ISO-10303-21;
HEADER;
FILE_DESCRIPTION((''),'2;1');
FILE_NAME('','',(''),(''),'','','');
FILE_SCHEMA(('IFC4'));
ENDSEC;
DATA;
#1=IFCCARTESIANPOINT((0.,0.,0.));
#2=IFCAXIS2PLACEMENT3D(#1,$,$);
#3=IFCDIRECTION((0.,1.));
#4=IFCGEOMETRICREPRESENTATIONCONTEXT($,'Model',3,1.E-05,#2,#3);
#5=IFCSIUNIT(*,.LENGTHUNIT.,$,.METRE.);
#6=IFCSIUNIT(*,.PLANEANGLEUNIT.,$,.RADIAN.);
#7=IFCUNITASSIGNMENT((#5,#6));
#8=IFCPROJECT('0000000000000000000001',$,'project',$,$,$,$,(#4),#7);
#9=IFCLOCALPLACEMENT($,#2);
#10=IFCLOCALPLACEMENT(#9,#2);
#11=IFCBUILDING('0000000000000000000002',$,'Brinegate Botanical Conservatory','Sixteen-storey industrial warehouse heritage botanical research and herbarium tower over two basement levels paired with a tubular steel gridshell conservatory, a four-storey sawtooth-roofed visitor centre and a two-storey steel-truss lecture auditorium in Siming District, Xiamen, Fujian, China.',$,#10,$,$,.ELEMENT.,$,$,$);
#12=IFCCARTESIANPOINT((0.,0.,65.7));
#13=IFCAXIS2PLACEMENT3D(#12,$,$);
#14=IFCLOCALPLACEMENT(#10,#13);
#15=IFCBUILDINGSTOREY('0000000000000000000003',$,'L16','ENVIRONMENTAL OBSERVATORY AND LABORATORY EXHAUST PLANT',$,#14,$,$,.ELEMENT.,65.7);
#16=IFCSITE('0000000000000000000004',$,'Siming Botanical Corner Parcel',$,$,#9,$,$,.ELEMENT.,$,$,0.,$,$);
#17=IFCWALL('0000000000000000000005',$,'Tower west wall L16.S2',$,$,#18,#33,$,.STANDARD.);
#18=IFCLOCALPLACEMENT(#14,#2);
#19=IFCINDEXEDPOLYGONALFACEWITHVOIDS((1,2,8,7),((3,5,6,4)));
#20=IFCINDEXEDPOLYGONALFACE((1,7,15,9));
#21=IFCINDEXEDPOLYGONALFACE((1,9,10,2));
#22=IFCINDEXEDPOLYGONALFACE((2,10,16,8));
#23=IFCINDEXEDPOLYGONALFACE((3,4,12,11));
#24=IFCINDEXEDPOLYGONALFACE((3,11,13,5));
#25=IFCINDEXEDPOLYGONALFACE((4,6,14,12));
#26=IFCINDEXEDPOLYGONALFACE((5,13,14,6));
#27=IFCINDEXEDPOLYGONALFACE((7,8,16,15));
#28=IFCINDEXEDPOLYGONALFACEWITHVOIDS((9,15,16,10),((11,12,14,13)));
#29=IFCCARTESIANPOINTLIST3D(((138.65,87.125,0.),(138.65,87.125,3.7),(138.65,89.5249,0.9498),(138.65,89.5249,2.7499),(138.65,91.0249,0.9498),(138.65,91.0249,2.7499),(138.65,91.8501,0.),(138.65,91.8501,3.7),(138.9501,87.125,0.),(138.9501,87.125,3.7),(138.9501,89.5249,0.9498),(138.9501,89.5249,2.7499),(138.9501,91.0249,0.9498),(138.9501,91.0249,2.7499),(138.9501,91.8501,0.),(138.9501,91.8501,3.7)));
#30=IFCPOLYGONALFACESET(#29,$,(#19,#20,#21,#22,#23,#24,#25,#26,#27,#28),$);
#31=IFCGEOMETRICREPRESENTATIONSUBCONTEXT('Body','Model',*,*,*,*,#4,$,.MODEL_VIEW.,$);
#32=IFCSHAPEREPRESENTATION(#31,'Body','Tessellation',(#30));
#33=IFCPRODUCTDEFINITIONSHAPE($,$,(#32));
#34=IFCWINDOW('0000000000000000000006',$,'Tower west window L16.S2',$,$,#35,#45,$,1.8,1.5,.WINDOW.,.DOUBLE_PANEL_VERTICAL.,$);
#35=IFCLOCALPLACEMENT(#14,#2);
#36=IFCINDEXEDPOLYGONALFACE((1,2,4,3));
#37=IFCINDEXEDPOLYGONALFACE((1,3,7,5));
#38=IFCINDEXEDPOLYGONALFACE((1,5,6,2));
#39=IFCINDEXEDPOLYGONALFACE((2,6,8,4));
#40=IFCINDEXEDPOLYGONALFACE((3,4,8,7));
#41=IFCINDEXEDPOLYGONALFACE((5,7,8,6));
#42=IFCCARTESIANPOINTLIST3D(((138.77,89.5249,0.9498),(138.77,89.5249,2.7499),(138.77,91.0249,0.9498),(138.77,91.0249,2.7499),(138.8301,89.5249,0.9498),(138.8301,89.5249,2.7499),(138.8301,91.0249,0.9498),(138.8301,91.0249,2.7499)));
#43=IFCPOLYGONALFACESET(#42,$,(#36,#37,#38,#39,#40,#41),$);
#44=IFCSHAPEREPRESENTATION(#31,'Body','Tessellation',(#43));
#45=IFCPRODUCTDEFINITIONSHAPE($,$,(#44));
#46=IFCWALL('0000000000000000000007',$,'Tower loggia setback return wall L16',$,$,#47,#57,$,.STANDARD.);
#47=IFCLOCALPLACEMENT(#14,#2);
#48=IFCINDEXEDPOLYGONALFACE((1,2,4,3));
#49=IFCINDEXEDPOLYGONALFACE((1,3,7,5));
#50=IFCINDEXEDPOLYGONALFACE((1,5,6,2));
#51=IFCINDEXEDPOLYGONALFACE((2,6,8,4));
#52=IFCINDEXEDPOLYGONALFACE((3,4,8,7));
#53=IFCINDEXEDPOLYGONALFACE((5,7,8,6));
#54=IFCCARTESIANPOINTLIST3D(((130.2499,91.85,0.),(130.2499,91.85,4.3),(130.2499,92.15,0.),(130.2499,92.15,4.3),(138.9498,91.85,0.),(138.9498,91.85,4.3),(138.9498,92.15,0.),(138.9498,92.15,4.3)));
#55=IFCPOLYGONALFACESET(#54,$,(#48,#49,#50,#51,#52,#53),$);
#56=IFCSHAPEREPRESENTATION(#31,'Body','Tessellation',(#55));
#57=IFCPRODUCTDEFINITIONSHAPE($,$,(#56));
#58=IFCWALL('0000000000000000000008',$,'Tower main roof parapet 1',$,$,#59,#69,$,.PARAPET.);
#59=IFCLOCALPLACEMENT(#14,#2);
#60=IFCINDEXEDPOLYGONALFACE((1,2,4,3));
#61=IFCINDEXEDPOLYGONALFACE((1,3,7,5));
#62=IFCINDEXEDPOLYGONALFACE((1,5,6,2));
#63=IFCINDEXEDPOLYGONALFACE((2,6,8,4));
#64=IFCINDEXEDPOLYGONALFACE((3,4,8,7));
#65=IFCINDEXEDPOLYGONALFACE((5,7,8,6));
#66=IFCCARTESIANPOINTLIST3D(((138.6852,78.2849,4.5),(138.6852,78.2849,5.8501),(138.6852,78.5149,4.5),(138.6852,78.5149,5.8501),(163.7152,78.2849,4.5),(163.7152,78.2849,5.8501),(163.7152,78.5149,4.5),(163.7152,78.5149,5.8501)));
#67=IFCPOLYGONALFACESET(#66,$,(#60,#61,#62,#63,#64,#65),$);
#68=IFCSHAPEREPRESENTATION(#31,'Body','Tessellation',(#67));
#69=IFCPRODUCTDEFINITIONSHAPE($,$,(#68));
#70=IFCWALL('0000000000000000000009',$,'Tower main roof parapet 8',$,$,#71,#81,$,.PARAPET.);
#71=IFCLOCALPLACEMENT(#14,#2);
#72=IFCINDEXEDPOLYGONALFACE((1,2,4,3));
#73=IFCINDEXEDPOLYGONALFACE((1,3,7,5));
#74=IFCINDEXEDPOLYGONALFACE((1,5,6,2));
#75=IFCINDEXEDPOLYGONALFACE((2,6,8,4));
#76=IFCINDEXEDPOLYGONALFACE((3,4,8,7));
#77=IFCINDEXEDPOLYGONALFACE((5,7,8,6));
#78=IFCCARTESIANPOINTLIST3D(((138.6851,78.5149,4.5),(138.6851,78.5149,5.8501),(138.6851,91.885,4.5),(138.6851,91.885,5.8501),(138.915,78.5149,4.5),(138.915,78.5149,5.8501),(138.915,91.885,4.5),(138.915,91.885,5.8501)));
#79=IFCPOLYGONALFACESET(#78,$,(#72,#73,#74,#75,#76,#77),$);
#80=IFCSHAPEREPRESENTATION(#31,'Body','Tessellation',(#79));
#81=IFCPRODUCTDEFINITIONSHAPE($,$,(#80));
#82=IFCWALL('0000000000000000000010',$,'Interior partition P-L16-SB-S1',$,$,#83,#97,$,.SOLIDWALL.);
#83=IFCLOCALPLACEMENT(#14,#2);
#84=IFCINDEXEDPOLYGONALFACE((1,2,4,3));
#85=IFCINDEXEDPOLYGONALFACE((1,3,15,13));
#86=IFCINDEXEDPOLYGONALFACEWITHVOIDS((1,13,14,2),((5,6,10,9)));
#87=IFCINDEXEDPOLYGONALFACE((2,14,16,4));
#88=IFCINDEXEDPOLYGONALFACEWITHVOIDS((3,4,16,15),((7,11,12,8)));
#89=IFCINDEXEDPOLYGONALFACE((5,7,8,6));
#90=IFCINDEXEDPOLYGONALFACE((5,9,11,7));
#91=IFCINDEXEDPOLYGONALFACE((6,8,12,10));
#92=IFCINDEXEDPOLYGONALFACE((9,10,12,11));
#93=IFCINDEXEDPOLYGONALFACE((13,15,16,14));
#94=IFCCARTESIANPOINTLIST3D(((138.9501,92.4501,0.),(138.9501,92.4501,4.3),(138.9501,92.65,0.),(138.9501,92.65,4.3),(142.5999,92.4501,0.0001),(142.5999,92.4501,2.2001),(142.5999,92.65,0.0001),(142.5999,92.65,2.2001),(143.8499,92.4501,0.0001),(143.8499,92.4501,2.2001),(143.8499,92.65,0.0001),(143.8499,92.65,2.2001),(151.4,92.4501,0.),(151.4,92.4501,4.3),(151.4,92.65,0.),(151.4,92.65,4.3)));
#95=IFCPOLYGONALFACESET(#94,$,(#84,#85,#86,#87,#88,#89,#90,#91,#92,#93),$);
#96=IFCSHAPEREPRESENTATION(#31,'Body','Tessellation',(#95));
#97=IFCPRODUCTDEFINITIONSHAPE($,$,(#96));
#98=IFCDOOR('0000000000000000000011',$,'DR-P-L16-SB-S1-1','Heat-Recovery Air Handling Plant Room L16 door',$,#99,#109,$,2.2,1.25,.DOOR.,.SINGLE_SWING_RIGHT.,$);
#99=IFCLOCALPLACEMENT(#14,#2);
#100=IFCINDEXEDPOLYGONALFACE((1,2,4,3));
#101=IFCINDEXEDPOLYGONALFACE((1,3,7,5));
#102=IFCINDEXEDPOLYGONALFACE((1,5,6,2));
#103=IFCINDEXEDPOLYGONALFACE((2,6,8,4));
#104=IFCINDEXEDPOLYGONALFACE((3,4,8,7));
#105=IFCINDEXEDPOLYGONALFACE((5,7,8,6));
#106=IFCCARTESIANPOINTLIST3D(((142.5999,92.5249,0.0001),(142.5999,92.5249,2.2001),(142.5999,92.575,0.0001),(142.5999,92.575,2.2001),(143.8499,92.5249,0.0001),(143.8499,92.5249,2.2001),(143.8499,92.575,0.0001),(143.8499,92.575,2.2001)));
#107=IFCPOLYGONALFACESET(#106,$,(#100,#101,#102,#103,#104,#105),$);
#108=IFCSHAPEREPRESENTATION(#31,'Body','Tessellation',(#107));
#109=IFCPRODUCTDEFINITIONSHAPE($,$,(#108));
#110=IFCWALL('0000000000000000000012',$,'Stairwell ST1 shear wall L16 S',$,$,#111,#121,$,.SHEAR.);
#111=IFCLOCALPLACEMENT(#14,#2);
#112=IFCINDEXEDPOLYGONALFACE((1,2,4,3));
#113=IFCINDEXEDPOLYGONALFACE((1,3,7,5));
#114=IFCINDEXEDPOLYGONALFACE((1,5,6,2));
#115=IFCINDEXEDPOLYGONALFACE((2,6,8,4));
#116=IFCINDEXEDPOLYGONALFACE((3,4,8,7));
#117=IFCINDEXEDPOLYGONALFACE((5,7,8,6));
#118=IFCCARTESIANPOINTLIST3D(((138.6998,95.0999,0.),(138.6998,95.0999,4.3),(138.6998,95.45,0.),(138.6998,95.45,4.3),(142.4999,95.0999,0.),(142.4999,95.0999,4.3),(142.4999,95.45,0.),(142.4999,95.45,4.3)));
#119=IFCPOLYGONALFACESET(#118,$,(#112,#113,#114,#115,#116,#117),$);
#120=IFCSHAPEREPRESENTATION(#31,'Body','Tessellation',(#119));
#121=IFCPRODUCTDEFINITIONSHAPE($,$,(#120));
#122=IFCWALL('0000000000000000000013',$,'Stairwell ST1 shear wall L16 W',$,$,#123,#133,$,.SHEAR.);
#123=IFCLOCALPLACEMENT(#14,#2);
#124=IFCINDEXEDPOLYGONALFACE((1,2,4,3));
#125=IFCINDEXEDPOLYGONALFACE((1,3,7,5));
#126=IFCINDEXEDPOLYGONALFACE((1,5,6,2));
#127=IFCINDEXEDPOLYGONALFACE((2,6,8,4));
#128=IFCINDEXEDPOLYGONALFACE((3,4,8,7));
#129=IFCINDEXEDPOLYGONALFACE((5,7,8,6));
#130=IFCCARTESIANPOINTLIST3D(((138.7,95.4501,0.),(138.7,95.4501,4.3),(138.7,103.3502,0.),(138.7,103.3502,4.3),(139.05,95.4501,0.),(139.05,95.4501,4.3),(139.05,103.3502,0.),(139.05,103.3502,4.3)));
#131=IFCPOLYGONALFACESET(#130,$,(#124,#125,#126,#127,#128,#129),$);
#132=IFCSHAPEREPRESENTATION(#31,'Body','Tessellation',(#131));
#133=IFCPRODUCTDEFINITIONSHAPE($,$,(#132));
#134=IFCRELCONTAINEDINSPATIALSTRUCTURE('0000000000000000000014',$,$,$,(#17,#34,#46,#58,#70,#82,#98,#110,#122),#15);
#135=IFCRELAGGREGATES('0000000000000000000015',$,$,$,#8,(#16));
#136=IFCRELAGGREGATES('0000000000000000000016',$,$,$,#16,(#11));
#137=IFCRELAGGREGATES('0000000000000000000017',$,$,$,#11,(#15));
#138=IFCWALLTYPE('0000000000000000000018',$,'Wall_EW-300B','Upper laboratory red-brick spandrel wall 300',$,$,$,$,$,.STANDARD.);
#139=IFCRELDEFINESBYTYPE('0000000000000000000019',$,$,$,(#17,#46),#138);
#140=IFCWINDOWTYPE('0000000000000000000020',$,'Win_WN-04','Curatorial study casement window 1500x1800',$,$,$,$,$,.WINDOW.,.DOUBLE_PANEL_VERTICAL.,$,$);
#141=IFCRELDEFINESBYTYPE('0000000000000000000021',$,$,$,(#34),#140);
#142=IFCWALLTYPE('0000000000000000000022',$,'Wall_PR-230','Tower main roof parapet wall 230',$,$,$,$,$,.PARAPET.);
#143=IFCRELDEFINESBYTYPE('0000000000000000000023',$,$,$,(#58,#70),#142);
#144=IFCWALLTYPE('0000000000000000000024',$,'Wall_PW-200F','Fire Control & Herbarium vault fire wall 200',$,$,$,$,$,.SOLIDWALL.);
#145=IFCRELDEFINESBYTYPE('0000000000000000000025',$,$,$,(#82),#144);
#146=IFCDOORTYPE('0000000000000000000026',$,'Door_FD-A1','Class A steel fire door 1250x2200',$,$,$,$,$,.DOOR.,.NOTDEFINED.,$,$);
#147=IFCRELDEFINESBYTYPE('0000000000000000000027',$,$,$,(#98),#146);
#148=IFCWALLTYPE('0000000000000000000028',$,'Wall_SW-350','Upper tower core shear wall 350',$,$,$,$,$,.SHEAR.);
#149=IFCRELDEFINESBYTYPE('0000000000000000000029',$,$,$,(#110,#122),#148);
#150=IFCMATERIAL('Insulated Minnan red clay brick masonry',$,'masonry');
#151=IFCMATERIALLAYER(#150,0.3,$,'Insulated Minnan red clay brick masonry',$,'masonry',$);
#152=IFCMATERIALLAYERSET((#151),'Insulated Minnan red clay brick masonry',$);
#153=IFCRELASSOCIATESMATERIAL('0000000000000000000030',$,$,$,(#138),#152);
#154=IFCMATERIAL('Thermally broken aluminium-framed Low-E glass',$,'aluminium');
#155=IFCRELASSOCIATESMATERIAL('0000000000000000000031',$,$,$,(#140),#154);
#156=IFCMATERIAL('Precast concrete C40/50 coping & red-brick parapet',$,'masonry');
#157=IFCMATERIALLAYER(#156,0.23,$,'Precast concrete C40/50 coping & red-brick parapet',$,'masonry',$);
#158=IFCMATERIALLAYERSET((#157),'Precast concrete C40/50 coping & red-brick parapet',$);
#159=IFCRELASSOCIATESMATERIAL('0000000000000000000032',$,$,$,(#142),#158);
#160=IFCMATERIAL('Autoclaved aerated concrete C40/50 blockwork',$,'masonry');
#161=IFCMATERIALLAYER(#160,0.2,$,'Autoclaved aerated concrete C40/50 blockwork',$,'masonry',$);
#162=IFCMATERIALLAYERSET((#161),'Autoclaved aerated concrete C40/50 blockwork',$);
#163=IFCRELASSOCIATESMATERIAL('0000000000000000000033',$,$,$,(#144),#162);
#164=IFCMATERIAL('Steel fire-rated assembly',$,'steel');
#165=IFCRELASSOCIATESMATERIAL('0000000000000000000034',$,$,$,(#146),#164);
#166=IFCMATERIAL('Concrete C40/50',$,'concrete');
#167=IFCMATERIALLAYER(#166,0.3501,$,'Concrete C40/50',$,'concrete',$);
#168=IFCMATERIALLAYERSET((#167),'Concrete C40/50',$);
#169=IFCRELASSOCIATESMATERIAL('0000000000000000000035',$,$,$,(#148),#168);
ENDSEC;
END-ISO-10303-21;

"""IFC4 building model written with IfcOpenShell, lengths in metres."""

from ifc_helpers import new_model, si_unit, direction, frame, frame_2d, origin, place, context, subcontext, project, spatial, rectangle, extrude, material, layer, layer_set, type_object, element, fill, save


model = new_model("IFC4")

# Units and contexts
model_context = context("Model", 3, precision=1e-05, world=origin(), true_north=direction((0.0, 1.0)))
body_context = subcontext(model_context, "Body", "Model", "MODEL_VIEW")
ifc_project = project(units=[si_unit("LENGTHUNIT", "METRE"), si_unit("PLANEANGLEUNIT", "RADIAN")], contexts=[model_context])

# Site, building, storey
site_placement = place(None, origin())
site = spatial("IfcSite", under=ifc_project, at=site_placement, Name="Siming Botanical Corner Parcel", CompositionType="ELEMENT", RefElevation=0.0)
building_placement = place(site_placement, origin())
building = spatial("IfcBuilding", under=site, at=building_placement, Name="Brinegate Botanical Conservatory", Description="Sixteen-storey industrial warehouse heritage botanical research and herbarium tower over two basement levels paired with a tubular steel gridshell conservatory, a four-storey sawtooth-roofed visitor centre and a two-storey steel-truss lecture auditorium in Siming District, Xiamen, Fujian, China.", CompositionType="ELEMENT")
storey_placement = place(building_placement, frame((0.0, 0.0, 65.7)))
storey = spatial("IfcBuildingStorey", under=building, at=storey_placement, Name="L16", Description="ENVIRONMENTAL OBSERVATORY AND LABORATORY EXHAUST PLANT", CompositionType="ELEMENT", Elevation=65.7)

# Shared definitions
ifc_material_1 = material(Name="Concrete C40/50", Category="concrete")

# Wall, opening, window
ifc_material_2 = material(Name="Insulated Minnan red clay brick masonry", Category="masonry")
ifc_layer_1 = layer(ifc_material_2, 0.3, Name="Insulated Minnan red clay brick masonry", Category="masonry")
ifc_layer_set_1 = layer_set([ifc_layer_1], Name="Insulated Minnan red clay brick masonry")
wall_type_1 = type_object("IfcWallType", Name="Wall_EW-300B", Description="Upper laboratory red-brick spandrel wall 300", PredefinedType="STANDARD", material=ifc_layer_set_1)
ifc_material_3 = material(Name="Thermally broken aluminium-framed Low-E glass", Category="aluminium")
window_type = type_object("IfcWindowType", Name="Win_WN-04", Description="Curatorial study casement window 1500x1800", PartitioningType="DOUBLE_PANEL_VERTICAL", PredefinedType="WINDOW", material=ifc_material_3)
wall_1_placement = place(storey_placement, frame((138.8, 87.125, 0.0), z_axis=(0.0, 0.0, 1.0), x_axis=(0.0, 1.0, 0.0)))
wall_1 = element("IfcWall", 1, at=wall_1_placement, inside=storey, type_object=wall_type_1, Name="Tower west wall L16.S2", PredefinedType="STANDARD", context=body_context, shape_type="SweptSolid", body=[
    extrude(rectangle(XDim=4.7251, YDim=0.3, at=frame_2d((2.3625, 0.0))), origin(), (0.0, 0.0, 1.0), 3.7),
])
opening_1_placement = place(wall_1_placement, frame((2.3999, 0.0, 0.95)))
opening_1 = element("IfcOpeningElement", 2, at=opening_1_placement, cuts=wall_1, PredefinedType="OPENING", context=body_context, shape_type="SweptSolid", body=[
    extrude(rectangle(XDim=1.5, YDim=1.8, at=frame_2d((0.75, 0.8999))), frame((0.0, 0.1599, 0.0), z_axis=(0.0, -1.0, 0.0), x_axis=(1.0, 0.0, 0.0)), (0.0, 0.0, 1.0), 0.3201),
])
window_1_placement = place(opening_1_placement, origin())
window_1 = element("IfcWindow", 3, at=window_1_placement, inside=storey, type_object=window_type, Name="Tower west window L16.S2", OverallHeight=1.8, OverallWidth=1.5, PartitioningType="DOUBLE_PANEL_VERTICAL", PredefinedType="WINDOW", context=body_context, shape_type="SweptSolid", body=[
    extrude(rectangle(XDim=1.5, YDim=1.8, at=frame_2d((0.75, 0.8999))), frame((0.0, 0.03, 0.0), z_axis=(0.0, -1.0, 0.0), x_axis=(1.0, 0.0, 0.0)), (0.0, 0.0, 1.0), 0.0601),
])
fill(opening_1, window_1)

# Walls
wall_2_placement = place(storey_placement, frame((138.95, 92.0, 0.0), z_axis=(0.0, 0.0, 1.0), x_axis=(-1.0, 0.0, 0.0)))
element("IfcWall", 4, at=wall_2_placement, inside=storey, type_object=wall_type_1, Name="Tower loggia setback return wall L16", PredefinedType="STANDARD", context=body_context, shape_type="SweptSolid", body=[
    extrude(rectangle(XDim=8.7, YDim=0.3, at=frame_2d((4.3501, 0.0))), origin(), (0.0, 0.0, 1.0), 4.3),
])
ifc_material_4 = material(Name="Precast concrete C40/50 coping & red-brick parapet", Category="masonry")
ifc_layer_2 = layer(ifc_material_4, 0.23, Name="Precast concrete C40/50 coping & red-brick parapet", Category="masonry")
ifc_layer_set_2 = layer_set([ifc_layer_2], Name="Precast concrete C40/50 coping & red-brick parapet")
wall_type_2 = type_object("IfcWallType", Name="Wall_PR-230", Description="Tower main roof parapet wall 230", PredefinedType="PARAPET", material=ifc_layer_set_2)
wall_3_placement = place(storey_placement, frame((138.6851, 78.3999, 4.5), z_axis=(0.0, 0.0, 1.0), x_axis=(1.0, 0.0, 0.0)))
element("IfcWall", 5, at=wall_3_placement, inside=storey, type_object=wall_type_2, Name="Tower main roof parapet 1", PredefinedType="PARAPET", context=body_context, shape_type="SweptSolid", body=[
    extrude(rectangle(XDim=25.03, YDim=0.23, at=frame_2d((12.5151, 0.0))), origin(), (0.0, 0.0, 1.0), 1.3501),
])
wall_4_placement = place(storey_placement, frame((138.8, 91.885, 4.5), z_axis=(0.0, 0.0, 1.0), x_axis=(0.0, -1.0, 0.0)))
element("IfcWall", 6, at=wall_4_placement, inside=storey, type_object=wall_type_2, Name="Tower main roof parapet 8", PredefinedType="PARAPET", context=body_context, shape_type="SweptSolid", body=[
    extrude(rectangle(XDim=13.3701, YDim=0.23, at=frame_2d((6.6851, 0.0))), origin(), (0.0, 0.0, 1.0), 1.3501),
])

# Wall, opening, door
ifc_material_5 = material(Name="Autoclaved aerated concrete C40/50 blockwork", Category="masonry")
ifc_layer_3 = layer(ifc_material_5, 0.2, Name="Autoclaved aerated concrete C40/50 blockwork", Category="masonry")
ifc_layer_set_3 = layer_set([ifc_layer_3], Name="Autoclaved aerated concrete C40/50 blockwork")
wall_type_3 = type_object("IfcWallType", Name="Wall_PW-200F", Description="Fire Control & Herbarium vault fire wall 200", PredefinedType="SOLIDWALL", material=ifc_layer_set_3)
wall_5_placement = place(storey_placement, frame((138.95, 92.55, 0.0), z_axis=(0.0, 0.0, 1.0), x_axis=(1.0, 0.0, 0.0)))
wall_5 = element("IfcWall", 7, at=wall_5_placement, inside=storey, type_object=wall_type_3, Name="Interior partition P-L16-SB-S1", PredefinedType="SOLIDWALL", context=body_context, shape_type="SweptSolid", body=[
    extrude(rectangle(XDim=12.45, YDim=0.2, at=frame_2d((6.2251, 0.0))), origin(), (0.0, 0.0, 1.0), 4.3),
])
opening_2_placement = place(wall_5_placement, frame((3.6499, 0.0, 0.0)))
opening_2 = element("IfcOpeningElement", 8, at=opening_2_placement, cuts=wall_5, PredefinedType="OPENING", context=body_context, shape_type="SweptSolid", body=[
    extrude(rectangle(XDim=1.25, YDim=2.2, at=frame_2d((0.625, 1.1001))), frame((0.0, 0.1099, 0.0), z_axis=(0.0, -1.0, 0.0), x_axis=(1.0, 0.0, 0.0)), (0.0, 0.0, 1.0), 0.22),
])
ifc_material_6 = material(Name="Steel fire-rated assembly", Category="steel")
door_type_1 = type_object("IfcDoorType", Name="Door_FD-A1", Description="Class A steel fire door 1250x2200", OperationType="NOTDEFINED", PredefinedType="DOOR", material=ifc_material_6)
door_1_placement = place(opening_2_placement, origin())
door_1 = element("IfcDoor", 9, at=door_1_placement, inside=storey, type_object=door_type_1, Name="DR-P-L16-SB-S1-1", Description="Heat-Recovery Air Handling Plant Room L16 door", OperationType="SINGLE_SWING_RIGHT", OverallHeight=2.2, OverallWidth=1.25, PredefinedType="DOOR", context=body_context, shape_type="SweptSolid", body=[
    extrude(rectangle(XDim=1.25, YDim=2.2, at=frame_2d((0.625, 1.1001))), frame((0.0, 0.0249, 0.0), z_axis=(0.0, -1.0, 0.0), x_axis=(1.0, 0.0, 0.0)), (0.0, 0.0, 1.0), 0.05),
])
fill(opening_2, door_1)

# Walls
ifc_layer_4 = layer(ifc_material_1, 0.3501, Name="Concrete C40/50", Category="concrete")
ifc_layer_set_4 = layer_set([ifc_layer_4], Name="Concrete C40/50")
wall_type_4 = type_object("IfcWallType", Name="Wall_SW-350", Description="Upper tower core shear wall 350", PredefinedType="SHEAR", material=ifc_layer_set_4)
wall_6_placement = place(storey_placement, frame((138.7, 95.2749, 0.0), z_axis=(0.0, 0.0, 1.0), x_axis=(1.0, 0.0, 0.0)))
element("IfcWall", 10, at=wall_6_placement, inside=storey, type_object=wall_type_4, Name="Stairwell ST1 shear wall L16 S", PredefinedType="SHEAR", context=body_context, shape_type="SweptSolid", body=[
    extrude(rectangle(XDim=3.8, YDim=0.3501, at=frame_2d((1.8999, 0.0))), origin(), (0.0, 0.0, 1.0), 4.3),
])
wall_7_placement = place(storey_placement, frame((138.875, 95.45, 0.0), z_axis=(0.0, 0.0, 1.0), x_axis=(0.0, 1.0, 0.0)))
element("IfcWall", 11, at=wall_7_placement, inside=storey, type_object=wall_type_4, Name="Stairwell ST1 shear wall L16 W", PredefinedType="SHEAR", context=body_context, shape_type="SweptSolid", body=[
    extrude(rectangle(XDim=7.9001, YDim=0.3501, at=frame_2d((3.9502, 0.0))), origin(), (0.0, 0.0, 1.0), 4.3),
])

save(model, "model.ifc")
